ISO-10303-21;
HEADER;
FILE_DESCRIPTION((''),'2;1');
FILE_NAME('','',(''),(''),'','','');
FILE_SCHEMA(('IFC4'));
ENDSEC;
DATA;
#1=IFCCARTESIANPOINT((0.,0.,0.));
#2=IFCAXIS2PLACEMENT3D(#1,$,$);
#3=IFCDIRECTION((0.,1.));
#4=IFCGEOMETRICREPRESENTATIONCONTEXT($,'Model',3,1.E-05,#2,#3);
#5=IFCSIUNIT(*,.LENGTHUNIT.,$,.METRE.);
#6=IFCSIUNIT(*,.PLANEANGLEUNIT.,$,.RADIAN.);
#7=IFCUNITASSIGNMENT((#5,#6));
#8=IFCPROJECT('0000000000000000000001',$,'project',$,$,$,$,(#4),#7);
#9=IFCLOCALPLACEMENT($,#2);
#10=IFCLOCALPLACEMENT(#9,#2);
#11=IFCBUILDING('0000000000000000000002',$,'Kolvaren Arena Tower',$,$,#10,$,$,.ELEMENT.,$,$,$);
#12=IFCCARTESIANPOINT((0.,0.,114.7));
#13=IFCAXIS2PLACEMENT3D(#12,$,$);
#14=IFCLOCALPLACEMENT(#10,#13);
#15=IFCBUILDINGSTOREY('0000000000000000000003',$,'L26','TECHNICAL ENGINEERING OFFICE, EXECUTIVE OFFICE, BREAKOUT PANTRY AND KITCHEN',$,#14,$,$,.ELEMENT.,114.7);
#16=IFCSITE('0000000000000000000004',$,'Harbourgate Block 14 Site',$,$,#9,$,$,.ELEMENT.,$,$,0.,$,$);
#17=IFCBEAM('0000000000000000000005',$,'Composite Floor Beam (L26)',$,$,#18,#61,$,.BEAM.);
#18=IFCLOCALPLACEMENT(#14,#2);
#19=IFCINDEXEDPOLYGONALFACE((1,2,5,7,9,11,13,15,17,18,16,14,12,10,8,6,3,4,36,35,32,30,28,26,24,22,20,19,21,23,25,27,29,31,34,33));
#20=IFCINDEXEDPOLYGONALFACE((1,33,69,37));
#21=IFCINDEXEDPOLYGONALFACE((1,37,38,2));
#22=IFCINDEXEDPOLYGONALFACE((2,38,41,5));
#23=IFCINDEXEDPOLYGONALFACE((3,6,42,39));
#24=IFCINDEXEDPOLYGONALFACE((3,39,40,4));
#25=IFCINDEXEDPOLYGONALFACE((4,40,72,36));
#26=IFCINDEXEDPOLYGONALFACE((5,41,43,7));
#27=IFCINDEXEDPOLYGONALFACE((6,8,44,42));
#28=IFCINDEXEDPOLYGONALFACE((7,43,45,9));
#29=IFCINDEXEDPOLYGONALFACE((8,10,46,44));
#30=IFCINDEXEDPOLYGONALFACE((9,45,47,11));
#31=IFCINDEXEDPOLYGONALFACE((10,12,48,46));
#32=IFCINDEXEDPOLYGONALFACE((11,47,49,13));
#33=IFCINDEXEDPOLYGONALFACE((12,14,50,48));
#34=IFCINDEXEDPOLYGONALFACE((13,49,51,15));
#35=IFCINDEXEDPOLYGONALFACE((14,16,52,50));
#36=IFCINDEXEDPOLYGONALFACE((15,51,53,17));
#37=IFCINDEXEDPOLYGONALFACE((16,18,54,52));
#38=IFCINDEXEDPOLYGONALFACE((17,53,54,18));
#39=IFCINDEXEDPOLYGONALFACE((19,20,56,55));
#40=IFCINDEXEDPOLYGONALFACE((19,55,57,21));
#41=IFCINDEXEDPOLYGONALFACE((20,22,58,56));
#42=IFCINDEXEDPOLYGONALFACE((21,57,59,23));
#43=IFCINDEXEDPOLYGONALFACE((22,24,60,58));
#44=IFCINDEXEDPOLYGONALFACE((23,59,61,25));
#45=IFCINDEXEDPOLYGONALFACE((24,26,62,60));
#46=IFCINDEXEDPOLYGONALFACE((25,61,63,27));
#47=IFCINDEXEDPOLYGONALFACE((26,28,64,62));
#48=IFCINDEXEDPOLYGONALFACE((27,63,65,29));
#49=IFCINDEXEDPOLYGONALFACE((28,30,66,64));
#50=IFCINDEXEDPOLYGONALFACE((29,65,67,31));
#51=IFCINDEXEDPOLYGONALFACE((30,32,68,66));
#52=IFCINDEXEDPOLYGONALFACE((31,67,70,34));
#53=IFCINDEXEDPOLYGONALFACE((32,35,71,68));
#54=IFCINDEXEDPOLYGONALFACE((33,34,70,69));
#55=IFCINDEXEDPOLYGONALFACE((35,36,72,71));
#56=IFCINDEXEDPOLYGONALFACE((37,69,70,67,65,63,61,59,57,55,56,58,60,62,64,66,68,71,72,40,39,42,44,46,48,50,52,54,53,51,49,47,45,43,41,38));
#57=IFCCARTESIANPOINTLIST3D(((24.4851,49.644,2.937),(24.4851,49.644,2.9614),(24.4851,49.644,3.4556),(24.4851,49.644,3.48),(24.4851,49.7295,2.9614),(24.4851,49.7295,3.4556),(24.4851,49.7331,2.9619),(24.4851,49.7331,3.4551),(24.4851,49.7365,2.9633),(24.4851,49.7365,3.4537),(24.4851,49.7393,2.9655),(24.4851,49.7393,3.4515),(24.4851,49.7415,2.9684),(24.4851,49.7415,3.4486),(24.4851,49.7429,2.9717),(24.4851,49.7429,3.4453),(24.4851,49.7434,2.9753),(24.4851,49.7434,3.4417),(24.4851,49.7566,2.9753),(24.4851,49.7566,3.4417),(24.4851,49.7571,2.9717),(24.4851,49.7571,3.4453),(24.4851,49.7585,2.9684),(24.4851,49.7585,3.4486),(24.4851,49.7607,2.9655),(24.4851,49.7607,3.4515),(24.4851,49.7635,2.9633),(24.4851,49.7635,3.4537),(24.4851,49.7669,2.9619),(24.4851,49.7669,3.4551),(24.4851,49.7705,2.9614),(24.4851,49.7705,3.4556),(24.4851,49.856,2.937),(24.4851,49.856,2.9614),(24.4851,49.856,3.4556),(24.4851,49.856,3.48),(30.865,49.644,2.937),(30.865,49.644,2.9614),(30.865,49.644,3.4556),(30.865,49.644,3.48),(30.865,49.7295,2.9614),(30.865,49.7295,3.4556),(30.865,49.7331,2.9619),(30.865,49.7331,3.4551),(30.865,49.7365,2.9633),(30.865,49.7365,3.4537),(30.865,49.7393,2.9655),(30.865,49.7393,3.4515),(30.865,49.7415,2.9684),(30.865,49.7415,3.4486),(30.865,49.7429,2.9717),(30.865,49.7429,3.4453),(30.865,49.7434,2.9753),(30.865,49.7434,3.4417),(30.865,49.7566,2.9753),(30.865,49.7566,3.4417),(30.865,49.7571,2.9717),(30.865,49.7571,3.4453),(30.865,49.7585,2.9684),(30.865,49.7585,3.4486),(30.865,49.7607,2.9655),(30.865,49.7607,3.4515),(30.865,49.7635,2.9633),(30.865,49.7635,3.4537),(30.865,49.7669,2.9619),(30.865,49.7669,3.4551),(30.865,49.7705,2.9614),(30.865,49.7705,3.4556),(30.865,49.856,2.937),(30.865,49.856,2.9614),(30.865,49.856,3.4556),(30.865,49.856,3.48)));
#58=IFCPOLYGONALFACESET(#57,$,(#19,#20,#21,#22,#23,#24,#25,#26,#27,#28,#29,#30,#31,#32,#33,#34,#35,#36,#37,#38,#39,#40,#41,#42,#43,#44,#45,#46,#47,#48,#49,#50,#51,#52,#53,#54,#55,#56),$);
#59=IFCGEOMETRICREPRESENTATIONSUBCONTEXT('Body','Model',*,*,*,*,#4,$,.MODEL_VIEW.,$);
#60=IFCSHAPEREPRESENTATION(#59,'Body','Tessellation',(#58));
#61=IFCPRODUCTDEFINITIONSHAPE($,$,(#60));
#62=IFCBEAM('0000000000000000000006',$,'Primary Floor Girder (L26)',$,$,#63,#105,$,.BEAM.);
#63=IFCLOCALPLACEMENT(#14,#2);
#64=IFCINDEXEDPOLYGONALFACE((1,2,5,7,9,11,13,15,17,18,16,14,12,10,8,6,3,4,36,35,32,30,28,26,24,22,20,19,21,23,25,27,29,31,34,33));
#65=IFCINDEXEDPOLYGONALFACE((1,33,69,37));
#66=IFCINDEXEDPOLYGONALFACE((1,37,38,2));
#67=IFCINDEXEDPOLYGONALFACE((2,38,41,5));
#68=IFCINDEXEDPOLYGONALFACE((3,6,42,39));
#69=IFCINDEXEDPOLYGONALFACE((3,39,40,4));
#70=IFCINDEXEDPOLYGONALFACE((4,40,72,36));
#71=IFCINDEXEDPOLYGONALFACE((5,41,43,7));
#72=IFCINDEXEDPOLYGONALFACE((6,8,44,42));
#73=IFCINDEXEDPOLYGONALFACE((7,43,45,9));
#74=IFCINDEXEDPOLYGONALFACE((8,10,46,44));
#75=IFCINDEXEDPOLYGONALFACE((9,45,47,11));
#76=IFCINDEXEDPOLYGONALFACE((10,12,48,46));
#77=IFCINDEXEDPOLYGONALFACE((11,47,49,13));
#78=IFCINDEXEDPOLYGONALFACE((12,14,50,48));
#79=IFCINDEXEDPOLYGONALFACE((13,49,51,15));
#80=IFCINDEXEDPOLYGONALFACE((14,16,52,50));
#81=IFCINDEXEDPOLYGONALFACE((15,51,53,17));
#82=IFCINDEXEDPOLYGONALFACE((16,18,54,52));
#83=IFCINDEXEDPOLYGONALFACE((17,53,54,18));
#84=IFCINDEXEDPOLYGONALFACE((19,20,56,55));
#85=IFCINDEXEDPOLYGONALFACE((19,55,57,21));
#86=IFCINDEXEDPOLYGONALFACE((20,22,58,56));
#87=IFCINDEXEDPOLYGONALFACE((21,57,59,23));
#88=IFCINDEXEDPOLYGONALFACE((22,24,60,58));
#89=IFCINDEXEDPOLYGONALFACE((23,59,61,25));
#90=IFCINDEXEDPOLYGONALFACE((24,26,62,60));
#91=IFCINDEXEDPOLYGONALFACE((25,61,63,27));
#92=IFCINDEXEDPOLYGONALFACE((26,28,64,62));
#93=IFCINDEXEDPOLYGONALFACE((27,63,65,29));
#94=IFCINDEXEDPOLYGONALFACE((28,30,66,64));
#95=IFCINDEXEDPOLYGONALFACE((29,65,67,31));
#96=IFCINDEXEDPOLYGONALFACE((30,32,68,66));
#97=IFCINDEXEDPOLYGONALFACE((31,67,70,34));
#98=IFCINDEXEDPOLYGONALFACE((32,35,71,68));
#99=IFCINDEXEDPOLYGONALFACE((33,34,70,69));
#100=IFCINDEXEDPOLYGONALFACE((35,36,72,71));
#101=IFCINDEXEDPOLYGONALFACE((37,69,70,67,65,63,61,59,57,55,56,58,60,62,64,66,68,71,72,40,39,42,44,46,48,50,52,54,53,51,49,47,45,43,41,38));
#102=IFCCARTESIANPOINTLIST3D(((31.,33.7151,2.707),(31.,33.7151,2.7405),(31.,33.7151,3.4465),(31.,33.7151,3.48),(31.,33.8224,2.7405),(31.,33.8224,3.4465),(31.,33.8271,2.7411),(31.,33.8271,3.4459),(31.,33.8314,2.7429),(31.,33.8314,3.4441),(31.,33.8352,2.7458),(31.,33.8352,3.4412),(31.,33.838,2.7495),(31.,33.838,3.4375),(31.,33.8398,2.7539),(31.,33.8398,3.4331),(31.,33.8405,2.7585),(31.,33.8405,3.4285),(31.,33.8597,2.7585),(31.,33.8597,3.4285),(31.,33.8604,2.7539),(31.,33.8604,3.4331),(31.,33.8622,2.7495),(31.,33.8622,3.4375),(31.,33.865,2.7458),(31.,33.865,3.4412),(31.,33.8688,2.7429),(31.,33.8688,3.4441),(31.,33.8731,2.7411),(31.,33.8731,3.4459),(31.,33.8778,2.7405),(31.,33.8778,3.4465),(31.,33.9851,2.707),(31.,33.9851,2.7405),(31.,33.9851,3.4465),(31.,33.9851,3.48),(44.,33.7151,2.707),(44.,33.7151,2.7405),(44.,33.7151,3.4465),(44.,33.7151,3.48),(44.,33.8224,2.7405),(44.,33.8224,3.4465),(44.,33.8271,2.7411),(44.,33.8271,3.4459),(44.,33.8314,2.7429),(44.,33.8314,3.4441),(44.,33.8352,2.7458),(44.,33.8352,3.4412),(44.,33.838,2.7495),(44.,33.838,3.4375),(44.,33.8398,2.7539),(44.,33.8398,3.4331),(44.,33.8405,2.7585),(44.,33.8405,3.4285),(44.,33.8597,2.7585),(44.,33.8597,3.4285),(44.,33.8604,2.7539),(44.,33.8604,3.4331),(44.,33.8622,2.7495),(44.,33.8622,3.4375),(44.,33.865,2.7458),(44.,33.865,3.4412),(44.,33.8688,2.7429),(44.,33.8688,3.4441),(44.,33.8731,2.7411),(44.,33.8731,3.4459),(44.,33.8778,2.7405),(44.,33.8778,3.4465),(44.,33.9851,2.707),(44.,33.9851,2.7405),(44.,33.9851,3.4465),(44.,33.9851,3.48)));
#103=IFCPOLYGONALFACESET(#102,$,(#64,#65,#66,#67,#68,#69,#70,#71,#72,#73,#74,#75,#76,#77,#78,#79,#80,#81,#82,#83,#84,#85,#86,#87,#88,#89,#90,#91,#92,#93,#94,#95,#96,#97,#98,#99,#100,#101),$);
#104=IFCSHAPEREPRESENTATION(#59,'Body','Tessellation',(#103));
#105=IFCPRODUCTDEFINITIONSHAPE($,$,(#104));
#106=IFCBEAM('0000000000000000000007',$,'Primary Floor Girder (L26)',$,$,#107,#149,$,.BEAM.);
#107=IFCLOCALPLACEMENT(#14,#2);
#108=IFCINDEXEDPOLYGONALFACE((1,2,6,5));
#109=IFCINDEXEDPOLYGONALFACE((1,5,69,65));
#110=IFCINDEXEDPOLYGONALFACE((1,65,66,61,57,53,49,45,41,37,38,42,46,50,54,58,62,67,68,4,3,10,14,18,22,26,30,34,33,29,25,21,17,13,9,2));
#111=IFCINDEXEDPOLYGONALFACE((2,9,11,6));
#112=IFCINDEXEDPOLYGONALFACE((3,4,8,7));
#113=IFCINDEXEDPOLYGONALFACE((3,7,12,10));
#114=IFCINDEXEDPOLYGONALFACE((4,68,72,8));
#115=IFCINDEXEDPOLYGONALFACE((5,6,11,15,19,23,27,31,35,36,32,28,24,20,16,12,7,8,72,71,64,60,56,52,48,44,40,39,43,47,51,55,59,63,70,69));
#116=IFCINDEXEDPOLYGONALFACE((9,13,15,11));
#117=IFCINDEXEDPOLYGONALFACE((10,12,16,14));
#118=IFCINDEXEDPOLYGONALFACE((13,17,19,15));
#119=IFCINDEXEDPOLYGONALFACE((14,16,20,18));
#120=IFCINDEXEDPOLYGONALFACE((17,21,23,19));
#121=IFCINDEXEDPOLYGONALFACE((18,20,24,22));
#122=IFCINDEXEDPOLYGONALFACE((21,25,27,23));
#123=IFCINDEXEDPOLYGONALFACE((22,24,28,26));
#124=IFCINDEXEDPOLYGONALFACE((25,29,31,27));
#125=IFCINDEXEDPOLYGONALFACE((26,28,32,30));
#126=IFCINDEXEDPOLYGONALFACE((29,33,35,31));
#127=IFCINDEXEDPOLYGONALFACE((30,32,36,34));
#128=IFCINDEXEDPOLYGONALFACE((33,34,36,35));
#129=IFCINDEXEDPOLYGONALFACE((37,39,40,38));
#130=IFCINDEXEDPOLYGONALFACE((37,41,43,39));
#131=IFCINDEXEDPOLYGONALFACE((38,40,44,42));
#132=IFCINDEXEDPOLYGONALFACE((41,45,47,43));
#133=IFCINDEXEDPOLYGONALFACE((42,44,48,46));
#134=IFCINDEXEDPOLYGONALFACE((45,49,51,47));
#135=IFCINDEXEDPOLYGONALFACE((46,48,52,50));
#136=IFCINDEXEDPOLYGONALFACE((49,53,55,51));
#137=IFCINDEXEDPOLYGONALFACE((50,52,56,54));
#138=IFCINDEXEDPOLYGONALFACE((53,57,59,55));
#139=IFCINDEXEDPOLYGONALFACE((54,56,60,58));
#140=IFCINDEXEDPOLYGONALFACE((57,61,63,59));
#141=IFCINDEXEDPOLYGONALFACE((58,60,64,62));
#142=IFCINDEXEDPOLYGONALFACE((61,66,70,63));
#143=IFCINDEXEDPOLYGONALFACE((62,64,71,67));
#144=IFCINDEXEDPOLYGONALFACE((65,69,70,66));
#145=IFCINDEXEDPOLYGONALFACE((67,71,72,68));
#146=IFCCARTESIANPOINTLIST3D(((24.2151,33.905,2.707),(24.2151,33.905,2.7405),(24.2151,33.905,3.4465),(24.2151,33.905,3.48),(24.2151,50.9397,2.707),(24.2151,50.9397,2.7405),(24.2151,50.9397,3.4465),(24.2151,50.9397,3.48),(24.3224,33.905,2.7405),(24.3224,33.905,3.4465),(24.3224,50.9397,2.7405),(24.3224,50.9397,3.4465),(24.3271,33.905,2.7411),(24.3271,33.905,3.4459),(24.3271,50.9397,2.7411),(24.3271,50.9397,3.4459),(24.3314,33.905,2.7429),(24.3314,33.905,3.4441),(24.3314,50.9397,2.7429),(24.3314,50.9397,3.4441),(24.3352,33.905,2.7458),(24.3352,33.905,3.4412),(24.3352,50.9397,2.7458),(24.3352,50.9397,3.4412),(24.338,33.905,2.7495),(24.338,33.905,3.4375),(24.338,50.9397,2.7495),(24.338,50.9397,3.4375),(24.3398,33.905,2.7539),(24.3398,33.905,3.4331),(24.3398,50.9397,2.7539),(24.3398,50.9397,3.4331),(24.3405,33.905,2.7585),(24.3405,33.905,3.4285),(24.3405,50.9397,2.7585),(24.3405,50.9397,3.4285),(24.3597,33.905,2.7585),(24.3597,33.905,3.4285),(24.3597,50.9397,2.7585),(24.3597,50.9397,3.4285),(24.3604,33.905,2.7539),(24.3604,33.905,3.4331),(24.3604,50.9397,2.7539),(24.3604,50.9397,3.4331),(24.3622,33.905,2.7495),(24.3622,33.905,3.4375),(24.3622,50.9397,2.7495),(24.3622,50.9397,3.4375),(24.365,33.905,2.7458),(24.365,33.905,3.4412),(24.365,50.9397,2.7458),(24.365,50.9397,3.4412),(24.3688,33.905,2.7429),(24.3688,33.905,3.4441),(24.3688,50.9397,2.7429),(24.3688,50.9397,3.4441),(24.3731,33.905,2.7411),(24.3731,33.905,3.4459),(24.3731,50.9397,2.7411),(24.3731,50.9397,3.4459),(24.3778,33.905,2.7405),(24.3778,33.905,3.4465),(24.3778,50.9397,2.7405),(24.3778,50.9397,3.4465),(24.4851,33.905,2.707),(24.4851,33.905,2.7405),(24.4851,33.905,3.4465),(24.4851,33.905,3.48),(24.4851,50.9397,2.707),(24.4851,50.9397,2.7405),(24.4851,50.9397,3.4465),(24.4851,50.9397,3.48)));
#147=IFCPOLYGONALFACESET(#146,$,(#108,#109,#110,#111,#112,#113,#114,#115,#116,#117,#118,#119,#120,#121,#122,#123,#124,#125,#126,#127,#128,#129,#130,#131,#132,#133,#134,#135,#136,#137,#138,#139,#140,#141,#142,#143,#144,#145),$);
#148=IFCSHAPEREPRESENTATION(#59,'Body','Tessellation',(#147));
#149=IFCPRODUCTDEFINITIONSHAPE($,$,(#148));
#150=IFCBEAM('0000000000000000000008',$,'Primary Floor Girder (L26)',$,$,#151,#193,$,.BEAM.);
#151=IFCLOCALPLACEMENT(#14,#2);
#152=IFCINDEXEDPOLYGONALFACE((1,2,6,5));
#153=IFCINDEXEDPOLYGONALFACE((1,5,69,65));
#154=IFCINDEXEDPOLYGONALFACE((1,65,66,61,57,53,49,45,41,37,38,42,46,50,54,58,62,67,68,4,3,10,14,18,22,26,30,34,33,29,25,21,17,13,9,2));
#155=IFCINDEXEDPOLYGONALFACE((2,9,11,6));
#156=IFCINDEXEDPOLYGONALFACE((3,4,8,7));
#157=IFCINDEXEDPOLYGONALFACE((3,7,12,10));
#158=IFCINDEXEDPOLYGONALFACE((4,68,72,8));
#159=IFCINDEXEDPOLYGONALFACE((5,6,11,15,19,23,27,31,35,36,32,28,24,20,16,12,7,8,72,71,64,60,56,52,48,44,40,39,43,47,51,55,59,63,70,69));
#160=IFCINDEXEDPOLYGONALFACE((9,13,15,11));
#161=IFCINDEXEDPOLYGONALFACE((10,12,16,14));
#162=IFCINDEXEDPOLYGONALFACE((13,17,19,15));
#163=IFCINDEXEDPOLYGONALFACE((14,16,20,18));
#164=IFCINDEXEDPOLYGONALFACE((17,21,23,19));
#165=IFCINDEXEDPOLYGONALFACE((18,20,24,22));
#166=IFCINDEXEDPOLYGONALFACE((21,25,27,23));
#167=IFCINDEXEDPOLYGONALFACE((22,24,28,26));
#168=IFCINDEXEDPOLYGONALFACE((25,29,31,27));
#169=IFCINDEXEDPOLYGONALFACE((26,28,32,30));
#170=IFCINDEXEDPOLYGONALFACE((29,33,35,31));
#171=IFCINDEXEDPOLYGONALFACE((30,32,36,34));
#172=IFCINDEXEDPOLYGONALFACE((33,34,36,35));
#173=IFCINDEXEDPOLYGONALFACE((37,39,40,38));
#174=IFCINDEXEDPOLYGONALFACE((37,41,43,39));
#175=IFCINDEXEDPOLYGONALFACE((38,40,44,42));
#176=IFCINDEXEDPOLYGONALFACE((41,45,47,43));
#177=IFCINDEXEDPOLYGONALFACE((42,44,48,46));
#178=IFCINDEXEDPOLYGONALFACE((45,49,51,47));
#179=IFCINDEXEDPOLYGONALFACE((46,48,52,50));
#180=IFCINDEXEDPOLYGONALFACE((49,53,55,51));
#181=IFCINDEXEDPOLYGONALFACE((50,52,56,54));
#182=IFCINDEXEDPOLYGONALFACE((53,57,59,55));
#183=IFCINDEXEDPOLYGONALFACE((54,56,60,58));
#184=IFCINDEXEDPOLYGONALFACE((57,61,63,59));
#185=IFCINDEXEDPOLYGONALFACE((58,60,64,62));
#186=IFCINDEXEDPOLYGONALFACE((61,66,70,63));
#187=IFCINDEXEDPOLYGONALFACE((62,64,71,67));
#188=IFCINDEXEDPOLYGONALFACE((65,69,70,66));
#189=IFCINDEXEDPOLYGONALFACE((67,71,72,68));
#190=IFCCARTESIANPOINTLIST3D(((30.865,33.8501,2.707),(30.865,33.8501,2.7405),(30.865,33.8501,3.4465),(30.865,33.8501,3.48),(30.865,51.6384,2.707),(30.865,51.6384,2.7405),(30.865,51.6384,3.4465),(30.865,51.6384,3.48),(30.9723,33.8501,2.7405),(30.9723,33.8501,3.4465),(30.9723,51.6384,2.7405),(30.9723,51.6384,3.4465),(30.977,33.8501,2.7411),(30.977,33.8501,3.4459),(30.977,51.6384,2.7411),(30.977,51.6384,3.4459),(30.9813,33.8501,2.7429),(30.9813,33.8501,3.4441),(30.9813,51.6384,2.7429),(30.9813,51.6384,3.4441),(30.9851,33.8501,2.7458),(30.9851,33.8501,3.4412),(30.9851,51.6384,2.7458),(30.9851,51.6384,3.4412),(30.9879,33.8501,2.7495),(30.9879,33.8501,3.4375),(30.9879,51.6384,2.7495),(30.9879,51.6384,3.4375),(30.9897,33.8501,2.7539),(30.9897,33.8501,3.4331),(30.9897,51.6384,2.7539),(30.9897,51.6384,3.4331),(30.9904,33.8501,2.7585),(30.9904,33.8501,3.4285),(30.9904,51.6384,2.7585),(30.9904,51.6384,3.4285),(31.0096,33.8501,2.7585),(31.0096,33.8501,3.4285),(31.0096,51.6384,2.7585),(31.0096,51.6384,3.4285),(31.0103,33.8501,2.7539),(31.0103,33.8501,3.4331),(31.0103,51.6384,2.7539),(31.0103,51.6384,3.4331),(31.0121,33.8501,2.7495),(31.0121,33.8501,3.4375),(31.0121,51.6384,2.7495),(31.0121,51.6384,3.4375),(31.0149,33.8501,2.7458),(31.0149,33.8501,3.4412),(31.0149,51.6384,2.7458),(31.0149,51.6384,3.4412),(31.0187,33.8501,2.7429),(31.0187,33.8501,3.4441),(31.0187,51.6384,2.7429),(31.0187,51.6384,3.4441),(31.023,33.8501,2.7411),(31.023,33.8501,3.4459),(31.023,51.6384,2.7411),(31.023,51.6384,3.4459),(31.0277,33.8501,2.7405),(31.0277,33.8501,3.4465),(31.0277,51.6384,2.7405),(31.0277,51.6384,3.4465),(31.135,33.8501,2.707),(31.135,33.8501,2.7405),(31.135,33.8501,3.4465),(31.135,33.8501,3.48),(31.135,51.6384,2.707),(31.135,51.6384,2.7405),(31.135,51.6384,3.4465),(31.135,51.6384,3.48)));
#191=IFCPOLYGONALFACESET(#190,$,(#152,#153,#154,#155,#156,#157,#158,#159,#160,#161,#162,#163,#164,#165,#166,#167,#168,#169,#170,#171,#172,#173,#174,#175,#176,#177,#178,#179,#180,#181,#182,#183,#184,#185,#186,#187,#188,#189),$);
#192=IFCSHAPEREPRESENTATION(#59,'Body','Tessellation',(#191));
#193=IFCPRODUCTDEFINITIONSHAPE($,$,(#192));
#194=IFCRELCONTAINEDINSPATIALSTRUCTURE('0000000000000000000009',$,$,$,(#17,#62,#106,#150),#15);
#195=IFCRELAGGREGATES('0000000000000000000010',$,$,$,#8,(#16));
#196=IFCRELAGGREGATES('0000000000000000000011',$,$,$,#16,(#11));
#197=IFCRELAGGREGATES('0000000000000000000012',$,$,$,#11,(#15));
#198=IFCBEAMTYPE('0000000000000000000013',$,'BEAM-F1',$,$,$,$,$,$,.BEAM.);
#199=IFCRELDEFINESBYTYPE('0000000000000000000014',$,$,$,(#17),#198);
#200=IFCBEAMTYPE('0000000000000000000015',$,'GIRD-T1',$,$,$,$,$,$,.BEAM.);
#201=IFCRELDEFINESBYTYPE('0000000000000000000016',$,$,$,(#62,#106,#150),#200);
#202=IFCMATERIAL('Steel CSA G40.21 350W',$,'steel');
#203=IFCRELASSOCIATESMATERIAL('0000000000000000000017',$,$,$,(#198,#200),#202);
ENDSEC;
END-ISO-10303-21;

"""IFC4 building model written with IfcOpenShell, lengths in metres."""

from ifc_helpers import new_model, si_unit, direction, frame, origin, origin_2d, place, context, subcontext, project, spatial, i_section, extrude, material, material_profile, profile_set, type_object, element, save


model = new_model("IFC4")

# Units and contexts
model_context = context("Model", 3, precision=1e-05, world=origin(), true_north=direction((0.0, 1.0)))
body_context = subcontext(model_context, "Body", "Model", "MODEL_VIEW")
ifc_project = project(units=[si_unit("LENGTHUNIT", "METRE"), si_unit("PLANEANGLEUNIT", "RADIAN")], contexts=[model_context])

# Site, building, storey
site_placement = place(None, origin())
site = spatial("IfcSite", under=ifc_project, at=site_placement, Name="Harbourgate Block 14 Site", CompositionType="ELEMENT", RefElevation=0.0)
building_placement = place(site_placement, origin())
building = spatial("IfcBuilding", under=site, at=building_placement, Name="Kolvaren Arena Tower", CompositionType="ELEMENT")
storey_placement = place(building_placement, frame((0.0, 0.0, 114.7)))
storey = spatial("IfcBuildingStorey", under=building, at=storey_placement, Name="L26", Description="TECHNICAL ENGINEERING OFFICE, EXECUTIVE OFFICE, BREAKOUT PANTRY AND KITCHEN", CompositionType="ELEMENT", Elevation=114.7)

# Beams
ifc_material_1 = material(Name="Steel CSA G40.21 350W", Category="steel")
ifc_material_profile_1 = material_profile(ifc_material_1, i_section(OverallWidth=0.2119, OverallDepth=0.543, WebThickness=0.0132, FlangeThickness=0.0244, FilletRadius=0.0139, at=origin_2d()), Name="W530x150")
ifc_profile_set_1 = profile_set([ifc_material_profile_1], Name="Steel CSA G40.21 350W")
beam_type_1 = type_object("IfcBeamType", Name="BEAM-F1", PredefinedType="BEAM", material=ifc_profile_set_1)
for number, where, z_axis, x_axis, name in (
    (1, (24.4851, 49.75, 3.2085), (1.0, 0.0, 0.0), (0.0, 1.0, 0.0), "Composite Floor Beam (L26)"),
):
    element("IfcBeam", number, at=place(storey_placement, frame(where, z_axis=z_axis, x_axis=x_axis)), inside=storey, type_object=beam_type_1, Name=name, PredefinedType="BEAM", context=body_context, shape_type="SweptSolid", body=[
        extrude(i_section(OverallWidth=0.2119, OverallDepth=0.543, WebThickness=0.0132, FlangeThickness=0.0244, FilletRadius=0.0139, at=origin_2d()), origin(), (0.0, 0.0, 1.0), 6.3799),
    ])
ifc_material_profile_2 = material_profile(ifc_material_1, i_section(OverallWidth=0.27, OverallDepth=0.7729, WebThickness=0.0193, FlangeThickness=0.0334, FilletRadius=0.0181, at=origin_2d()), Name="W760x257")
ifc_profile_set_2 = profile_set([ifc_material_profile_2], Name="Steel CSA G40.21 350W")
beam_type_2 = type_object("IfcBeamType", Name="GIRD-T1", PredefinedType="BEAM", material=ifc_profile_set_2)
beam_1_placement = place(storey_placement, frame((31.0, 33.8501, 3.0935), z_axis=(1.0, 0.0, 0.0), x_axis=(0.0, 1.0, 0.0)))
element("IfcBeam", 2, at=beam_1_placement, inside=storey, type_object=beam_type_2, Name="Primary Floor Girder (L26)", PredefinedType="BEAM", context=body_context, shape_type="SweptSolid", body=[
    extrude(i_section(OverallWidth=0.27, OverallDepth=0.7729, WebThickness=0.0193, FlangeThickness=0.0334, FilletRadius=0.0181, at=origin_2d()), origin(), (0.0, 0.0, 1.0), 13.0),
])
beam_2_placement = place(storey_placement, frame((24.3501, 33.905, 3.0935), z_axis=(0.0, 1.0, 0.0), x_axis=(-1.0, 0.0, 0.0)))
element("IfcBeam", 3, at=beam_2_placement, inside=storey, type_object=beam_type_2, Name="Primary Floor Girder (L26)", PredefinedType="BEAM", context=body_context, shape_type="SweptSolid", body=[
    extrude(i_section(OverallWidth=0.27, OverallDepth=0.7729, WebThickness=0.0193, FlangeThickness=0.0334, FilletRadius=0.0181, at=origin_2d()), origin(), (0.0, 0.0, 1.0), 17.0347),
])
beam_3_placement = place(storey_placement, frame((31.0, 33.8501, 3.0935), z_axis=(0.0, 1.0, 0.0), x_axis=(-1.0, 0.0, 0.0)))
element("IfcBeam", 4, at=beam_3_placement, inside=storey, type_object=beam_type_2, Name="Primary Floor Girder (L26)", PredefinedType="BEAM", context=body_context, shape_type="SweptSolid", body=[
    extrude(i_section(OverallWidth=0.27, OverallDepth=0.7729, WebThickness=0.0193, FlangeThickness=0.0334, FilletRadius=0.0181, at=origin_2d()), origin(), (0.0, 0.0, 1.0), 17.7883),
])

save(model, "model.ifc")
